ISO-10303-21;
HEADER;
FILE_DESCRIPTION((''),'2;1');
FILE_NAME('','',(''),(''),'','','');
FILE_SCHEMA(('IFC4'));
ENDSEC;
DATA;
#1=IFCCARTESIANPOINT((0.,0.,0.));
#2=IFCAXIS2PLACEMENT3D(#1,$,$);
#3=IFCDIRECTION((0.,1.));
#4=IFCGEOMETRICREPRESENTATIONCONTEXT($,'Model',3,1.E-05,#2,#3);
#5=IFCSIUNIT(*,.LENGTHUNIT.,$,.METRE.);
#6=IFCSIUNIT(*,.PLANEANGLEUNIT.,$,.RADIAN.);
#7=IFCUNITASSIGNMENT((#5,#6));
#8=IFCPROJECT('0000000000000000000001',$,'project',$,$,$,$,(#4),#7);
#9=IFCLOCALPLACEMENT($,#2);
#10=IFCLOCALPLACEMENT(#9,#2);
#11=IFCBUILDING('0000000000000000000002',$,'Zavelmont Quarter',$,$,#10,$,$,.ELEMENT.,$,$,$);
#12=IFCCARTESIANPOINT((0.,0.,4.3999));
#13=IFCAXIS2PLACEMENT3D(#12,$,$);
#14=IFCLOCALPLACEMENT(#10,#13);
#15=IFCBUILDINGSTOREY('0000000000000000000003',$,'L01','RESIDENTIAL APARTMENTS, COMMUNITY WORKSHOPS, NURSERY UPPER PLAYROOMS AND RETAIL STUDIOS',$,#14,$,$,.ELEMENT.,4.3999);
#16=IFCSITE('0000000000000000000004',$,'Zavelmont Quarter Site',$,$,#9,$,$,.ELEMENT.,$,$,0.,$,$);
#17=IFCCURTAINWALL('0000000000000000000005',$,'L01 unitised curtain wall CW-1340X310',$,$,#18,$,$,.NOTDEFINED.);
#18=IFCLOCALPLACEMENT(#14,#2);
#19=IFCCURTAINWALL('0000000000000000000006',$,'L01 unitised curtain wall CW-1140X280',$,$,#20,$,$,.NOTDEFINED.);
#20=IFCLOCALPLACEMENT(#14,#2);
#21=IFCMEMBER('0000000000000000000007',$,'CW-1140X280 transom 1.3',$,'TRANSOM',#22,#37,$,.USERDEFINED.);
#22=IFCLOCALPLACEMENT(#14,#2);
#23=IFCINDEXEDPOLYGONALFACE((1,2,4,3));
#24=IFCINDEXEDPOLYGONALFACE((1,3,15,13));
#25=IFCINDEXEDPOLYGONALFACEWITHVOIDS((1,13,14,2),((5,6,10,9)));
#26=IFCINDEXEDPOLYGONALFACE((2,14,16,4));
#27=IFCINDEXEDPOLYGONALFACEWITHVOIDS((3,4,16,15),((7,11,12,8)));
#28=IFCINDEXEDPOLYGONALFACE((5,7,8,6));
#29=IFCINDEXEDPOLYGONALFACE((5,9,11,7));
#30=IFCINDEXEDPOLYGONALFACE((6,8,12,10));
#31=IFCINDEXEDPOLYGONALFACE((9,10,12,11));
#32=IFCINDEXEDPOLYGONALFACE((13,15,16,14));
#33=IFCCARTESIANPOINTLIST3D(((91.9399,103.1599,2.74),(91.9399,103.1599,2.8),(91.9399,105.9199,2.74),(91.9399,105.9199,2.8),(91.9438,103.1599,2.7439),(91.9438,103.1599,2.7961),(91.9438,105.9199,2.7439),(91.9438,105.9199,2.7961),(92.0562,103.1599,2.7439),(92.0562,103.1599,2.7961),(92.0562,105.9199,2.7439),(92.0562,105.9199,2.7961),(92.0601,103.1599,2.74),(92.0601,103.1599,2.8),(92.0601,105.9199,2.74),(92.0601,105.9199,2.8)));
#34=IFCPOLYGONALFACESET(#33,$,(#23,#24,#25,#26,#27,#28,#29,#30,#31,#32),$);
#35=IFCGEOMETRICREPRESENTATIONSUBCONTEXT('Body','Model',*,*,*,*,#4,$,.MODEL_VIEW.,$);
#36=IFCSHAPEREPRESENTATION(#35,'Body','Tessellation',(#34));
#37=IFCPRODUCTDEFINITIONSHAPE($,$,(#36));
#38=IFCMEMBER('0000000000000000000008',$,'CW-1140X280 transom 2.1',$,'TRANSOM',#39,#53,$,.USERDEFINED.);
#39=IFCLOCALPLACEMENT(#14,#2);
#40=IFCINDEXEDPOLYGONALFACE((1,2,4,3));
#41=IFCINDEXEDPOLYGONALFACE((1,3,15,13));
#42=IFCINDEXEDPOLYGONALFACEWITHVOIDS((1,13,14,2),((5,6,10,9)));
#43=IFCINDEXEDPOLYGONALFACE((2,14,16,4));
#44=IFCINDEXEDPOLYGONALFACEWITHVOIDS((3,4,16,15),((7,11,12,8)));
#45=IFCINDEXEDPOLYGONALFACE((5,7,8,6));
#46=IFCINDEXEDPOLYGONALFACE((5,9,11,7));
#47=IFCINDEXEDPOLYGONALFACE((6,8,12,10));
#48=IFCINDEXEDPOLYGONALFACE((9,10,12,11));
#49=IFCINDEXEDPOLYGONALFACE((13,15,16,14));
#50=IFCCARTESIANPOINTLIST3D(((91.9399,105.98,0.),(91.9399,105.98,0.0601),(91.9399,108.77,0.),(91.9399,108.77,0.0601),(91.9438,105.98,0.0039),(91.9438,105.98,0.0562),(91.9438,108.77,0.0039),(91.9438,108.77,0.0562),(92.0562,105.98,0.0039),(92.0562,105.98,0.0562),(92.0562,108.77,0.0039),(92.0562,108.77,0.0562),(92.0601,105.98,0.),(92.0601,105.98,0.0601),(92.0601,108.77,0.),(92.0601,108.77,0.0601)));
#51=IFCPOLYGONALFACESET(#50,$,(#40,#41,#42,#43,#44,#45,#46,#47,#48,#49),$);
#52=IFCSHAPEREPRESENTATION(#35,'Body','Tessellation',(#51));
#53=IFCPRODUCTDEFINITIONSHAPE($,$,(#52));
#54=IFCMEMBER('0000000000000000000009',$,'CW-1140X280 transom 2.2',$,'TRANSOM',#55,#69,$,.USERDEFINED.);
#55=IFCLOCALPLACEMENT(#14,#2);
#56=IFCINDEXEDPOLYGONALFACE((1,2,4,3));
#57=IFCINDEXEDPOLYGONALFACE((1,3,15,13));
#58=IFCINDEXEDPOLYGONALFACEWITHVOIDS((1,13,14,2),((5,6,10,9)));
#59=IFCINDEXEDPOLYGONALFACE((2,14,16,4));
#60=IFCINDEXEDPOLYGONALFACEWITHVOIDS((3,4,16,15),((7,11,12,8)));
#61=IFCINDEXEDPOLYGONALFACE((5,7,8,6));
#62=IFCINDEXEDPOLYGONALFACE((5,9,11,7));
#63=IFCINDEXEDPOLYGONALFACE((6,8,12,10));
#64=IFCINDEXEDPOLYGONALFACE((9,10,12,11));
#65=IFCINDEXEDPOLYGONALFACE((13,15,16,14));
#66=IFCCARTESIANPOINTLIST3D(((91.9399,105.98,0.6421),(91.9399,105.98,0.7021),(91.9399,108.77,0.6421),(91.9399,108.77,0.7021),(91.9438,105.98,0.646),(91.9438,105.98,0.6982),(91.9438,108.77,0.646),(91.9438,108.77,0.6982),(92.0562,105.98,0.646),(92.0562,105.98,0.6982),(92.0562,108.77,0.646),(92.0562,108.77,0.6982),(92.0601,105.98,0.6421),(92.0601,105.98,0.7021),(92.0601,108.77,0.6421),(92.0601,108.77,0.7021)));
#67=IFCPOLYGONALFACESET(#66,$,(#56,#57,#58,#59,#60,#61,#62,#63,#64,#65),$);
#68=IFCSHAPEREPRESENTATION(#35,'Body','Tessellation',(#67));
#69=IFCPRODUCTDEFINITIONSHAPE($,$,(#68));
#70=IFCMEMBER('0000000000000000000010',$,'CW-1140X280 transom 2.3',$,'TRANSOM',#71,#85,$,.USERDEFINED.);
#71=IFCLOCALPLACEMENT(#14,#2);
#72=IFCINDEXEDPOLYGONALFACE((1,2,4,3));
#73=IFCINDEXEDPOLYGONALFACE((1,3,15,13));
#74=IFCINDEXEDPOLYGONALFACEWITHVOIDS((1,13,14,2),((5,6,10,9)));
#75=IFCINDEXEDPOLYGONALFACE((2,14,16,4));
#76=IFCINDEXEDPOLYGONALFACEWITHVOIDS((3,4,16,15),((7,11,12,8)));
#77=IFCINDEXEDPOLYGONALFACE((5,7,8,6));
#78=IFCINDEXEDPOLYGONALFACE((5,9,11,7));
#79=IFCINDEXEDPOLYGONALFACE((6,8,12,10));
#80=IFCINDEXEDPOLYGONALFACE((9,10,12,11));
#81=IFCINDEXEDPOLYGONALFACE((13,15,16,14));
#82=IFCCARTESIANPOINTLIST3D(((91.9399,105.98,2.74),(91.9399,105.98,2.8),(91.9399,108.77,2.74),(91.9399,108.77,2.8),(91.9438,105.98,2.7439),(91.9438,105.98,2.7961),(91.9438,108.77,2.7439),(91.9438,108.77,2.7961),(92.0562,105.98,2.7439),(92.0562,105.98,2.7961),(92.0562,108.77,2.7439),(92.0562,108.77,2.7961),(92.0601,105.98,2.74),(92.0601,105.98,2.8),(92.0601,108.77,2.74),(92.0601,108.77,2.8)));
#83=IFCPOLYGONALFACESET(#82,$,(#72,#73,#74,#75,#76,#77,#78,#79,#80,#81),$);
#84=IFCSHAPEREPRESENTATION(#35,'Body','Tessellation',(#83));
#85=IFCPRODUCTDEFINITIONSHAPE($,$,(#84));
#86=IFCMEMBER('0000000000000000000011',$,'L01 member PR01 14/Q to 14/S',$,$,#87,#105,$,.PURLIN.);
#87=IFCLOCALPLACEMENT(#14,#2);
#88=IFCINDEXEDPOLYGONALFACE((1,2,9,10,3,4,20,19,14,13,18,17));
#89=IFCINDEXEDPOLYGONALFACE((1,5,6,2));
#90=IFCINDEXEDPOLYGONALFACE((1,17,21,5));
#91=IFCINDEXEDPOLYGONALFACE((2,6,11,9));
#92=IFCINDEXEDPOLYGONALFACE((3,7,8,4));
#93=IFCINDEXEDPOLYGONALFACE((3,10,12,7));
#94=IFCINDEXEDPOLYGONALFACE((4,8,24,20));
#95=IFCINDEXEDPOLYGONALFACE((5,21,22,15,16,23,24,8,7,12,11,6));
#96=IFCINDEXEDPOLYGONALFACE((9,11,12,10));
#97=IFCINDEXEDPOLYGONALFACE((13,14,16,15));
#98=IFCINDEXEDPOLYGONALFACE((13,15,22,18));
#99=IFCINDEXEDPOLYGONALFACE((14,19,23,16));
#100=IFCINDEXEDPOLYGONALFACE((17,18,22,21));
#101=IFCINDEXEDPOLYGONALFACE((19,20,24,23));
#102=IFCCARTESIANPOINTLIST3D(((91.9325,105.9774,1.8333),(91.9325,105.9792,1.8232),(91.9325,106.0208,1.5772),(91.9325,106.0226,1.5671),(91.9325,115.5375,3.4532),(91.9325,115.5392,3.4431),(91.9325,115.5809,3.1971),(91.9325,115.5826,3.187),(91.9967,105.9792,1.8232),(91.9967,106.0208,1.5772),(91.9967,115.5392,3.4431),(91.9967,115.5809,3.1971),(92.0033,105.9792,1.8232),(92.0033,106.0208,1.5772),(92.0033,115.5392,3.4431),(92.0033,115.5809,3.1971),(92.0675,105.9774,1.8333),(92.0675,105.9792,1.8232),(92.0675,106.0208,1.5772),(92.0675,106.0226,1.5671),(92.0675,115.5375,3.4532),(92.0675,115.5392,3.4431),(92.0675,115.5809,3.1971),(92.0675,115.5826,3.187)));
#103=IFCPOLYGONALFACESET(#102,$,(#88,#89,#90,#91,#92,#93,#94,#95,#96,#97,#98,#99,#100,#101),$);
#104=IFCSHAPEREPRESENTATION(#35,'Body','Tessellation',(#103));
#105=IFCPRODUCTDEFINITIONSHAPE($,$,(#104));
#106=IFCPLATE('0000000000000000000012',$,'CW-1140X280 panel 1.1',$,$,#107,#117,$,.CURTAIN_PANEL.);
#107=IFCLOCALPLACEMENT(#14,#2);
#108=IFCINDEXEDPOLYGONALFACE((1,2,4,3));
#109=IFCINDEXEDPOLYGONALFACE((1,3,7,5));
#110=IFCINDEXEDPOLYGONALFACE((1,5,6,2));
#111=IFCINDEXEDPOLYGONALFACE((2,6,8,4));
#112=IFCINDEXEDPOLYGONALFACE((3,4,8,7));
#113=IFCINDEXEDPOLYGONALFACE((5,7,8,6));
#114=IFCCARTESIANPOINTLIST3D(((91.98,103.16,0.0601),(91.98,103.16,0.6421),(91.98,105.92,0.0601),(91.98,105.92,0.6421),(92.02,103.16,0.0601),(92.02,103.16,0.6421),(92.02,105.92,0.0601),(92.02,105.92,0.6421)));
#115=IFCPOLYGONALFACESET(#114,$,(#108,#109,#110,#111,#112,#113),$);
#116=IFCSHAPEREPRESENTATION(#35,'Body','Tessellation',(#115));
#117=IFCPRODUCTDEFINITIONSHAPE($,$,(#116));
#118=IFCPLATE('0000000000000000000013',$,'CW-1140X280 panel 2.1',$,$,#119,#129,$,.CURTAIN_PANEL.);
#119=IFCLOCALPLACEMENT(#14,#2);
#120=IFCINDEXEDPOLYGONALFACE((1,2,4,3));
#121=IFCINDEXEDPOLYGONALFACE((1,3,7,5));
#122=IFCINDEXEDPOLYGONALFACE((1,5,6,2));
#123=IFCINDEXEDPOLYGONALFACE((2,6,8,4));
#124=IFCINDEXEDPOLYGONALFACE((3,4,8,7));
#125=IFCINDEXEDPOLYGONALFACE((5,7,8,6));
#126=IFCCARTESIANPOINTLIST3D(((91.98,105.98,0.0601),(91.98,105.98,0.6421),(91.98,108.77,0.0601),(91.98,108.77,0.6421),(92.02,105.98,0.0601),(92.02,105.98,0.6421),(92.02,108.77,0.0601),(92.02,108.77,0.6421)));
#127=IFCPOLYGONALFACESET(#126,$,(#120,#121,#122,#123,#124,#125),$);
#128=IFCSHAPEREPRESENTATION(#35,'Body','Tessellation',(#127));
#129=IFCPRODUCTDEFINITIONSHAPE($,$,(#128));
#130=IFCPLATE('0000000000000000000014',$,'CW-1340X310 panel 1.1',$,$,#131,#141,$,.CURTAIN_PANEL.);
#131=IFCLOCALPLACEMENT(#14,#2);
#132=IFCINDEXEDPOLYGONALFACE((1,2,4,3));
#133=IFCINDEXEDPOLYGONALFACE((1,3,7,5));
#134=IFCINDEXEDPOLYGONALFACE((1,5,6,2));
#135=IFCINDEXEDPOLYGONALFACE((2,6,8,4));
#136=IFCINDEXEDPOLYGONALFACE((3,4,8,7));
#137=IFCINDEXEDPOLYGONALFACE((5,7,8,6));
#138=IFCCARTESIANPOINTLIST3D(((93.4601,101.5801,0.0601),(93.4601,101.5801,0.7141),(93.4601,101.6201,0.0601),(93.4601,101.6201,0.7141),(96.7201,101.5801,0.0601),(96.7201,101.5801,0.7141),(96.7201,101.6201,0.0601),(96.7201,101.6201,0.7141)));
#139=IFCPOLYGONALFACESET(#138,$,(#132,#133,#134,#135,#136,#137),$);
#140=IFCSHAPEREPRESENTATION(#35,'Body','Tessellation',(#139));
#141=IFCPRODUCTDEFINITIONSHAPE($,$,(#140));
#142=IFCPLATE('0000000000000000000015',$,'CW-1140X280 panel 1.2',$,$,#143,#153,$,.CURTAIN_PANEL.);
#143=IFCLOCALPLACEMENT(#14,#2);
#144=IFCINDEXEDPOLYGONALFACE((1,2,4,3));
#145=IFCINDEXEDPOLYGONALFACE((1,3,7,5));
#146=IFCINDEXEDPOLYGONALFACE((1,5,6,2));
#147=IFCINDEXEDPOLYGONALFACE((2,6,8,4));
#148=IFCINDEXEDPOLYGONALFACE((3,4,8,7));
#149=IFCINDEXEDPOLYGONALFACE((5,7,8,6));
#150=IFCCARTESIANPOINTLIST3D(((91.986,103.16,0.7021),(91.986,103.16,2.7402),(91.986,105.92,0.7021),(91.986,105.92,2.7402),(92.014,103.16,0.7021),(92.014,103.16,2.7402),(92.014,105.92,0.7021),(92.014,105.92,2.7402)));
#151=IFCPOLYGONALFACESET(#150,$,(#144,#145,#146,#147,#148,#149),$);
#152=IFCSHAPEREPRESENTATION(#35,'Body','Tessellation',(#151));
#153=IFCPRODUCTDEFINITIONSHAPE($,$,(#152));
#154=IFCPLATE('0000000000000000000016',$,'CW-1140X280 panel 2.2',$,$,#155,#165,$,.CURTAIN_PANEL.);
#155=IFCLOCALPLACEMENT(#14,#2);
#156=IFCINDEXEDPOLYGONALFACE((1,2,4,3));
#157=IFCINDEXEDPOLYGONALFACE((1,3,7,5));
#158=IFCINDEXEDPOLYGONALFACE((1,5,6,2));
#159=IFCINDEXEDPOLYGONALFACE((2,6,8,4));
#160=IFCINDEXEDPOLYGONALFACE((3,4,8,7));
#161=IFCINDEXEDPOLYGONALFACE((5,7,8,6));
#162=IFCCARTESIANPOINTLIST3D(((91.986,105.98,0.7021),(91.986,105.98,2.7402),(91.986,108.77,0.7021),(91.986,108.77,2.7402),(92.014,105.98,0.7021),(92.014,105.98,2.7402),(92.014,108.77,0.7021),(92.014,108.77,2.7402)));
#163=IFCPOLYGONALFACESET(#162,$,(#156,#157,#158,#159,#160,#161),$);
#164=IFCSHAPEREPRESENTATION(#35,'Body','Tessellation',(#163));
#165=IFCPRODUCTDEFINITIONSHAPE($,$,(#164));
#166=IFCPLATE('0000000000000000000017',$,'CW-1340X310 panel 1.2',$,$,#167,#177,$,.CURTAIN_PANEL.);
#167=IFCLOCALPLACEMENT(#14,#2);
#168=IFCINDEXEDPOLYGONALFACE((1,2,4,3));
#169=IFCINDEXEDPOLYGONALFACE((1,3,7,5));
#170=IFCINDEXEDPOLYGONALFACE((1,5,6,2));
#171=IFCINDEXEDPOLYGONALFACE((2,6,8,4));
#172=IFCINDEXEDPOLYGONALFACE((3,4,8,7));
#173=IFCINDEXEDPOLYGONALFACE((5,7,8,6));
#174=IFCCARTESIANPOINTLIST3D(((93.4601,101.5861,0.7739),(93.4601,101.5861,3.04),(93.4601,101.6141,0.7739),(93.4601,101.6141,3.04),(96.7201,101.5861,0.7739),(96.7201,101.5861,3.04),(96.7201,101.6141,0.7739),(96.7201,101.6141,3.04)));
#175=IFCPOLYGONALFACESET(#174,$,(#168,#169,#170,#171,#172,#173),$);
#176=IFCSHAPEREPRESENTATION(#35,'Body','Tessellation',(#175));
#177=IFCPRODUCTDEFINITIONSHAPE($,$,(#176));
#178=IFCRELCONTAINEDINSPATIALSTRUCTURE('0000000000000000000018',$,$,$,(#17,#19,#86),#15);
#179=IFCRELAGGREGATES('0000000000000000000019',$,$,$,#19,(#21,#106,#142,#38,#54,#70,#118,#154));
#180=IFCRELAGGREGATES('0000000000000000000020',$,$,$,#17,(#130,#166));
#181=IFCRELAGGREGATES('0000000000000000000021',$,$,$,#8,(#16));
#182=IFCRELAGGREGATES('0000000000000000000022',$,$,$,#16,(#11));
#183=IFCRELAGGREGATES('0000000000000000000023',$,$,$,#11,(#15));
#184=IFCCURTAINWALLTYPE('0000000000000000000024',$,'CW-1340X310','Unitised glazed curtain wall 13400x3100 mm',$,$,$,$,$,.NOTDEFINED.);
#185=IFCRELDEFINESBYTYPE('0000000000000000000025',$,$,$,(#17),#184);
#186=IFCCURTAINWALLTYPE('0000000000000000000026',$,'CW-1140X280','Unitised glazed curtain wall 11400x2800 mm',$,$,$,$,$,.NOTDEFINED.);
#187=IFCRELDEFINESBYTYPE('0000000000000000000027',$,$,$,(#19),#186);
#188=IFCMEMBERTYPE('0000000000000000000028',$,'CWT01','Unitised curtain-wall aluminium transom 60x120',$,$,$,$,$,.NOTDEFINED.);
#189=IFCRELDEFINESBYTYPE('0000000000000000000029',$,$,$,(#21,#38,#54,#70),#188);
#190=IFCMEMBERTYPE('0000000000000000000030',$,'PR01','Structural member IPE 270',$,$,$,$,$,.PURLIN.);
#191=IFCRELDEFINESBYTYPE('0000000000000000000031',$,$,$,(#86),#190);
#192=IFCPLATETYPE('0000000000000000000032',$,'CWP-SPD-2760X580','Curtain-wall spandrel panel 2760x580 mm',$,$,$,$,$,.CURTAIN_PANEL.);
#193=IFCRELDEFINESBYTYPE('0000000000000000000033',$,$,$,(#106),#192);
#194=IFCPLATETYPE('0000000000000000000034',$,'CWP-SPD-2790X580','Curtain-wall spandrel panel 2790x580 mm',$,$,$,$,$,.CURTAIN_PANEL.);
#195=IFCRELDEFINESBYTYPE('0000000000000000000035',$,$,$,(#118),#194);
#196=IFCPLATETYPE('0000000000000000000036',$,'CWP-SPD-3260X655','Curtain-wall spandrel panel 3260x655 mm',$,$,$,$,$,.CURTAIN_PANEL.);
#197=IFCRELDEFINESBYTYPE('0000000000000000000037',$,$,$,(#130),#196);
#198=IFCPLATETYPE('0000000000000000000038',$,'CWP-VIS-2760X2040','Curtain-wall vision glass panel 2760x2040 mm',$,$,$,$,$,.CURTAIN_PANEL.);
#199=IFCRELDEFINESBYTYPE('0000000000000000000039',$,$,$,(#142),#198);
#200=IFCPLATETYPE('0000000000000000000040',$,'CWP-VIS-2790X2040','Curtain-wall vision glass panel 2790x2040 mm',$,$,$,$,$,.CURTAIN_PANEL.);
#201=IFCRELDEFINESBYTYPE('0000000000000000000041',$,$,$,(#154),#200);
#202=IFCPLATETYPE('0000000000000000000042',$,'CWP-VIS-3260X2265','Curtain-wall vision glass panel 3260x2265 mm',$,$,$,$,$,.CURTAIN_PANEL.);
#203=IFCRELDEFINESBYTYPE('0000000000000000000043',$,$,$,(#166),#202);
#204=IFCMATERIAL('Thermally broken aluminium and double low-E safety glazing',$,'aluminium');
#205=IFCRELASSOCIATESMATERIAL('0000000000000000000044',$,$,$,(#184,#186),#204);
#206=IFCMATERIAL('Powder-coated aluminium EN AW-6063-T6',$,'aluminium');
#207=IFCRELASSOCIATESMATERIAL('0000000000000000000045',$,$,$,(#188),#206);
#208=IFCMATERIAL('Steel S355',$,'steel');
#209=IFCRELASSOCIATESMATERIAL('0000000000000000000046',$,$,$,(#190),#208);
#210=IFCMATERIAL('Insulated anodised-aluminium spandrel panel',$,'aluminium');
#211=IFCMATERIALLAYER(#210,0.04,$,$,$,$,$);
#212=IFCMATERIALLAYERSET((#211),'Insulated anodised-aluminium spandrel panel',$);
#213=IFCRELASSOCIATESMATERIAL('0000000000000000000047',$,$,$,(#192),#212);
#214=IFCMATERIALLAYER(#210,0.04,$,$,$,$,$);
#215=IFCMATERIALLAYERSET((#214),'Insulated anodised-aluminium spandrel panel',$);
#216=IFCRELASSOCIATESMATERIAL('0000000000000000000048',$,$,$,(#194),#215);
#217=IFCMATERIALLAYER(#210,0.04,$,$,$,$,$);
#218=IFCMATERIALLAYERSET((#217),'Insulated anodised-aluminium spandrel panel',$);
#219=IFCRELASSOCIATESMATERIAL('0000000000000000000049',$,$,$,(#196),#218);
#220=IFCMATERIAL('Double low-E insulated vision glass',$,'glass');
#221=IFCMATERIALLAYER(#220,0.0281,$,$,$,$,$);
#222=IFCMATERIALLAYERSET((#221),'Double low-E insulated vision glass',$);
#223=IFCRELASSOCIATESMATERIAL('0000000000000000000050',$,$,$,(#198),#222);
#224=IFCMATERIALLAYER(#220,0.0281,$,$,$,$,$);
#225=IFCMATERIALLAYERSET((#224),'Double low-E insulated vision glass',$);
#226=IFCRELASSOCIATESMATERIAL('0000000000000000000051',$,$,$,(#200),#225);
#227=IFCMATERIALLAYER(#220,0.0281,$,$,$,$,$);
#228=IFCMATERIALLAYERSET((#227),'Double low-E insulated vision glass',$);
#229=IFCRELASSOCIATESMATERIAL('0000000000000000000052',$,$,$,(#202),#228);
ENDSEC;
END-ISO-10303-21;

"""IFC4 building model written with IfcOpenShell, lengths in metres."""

from ifc_helpers import new_model, si_unit, direction, frame, origin, origin_2d, place, context, subcontext, project, spatial, rectangle, hollow_rectangle, i_section, extrude, material, layer, layer_set, material_profile, profile_set, type_object, element, aggregate, save


model = new_model("IFC4")

# Units and contexts
model_context = context("Model", 3, precision=1e-05, world=origin(), true_north=direction((0.0, 1.0)))
body_context = subcontext(model_context, "Body", "Model", "MODEL_VIEW")
ifc_project = project(units=[si_unit("LENGTHUNIT", "METRE"), si_unit("PLANEANGLEUNIT", "RADIAN")], contexts=[model_context])

# Site, building, storey
site_placement = place(None, origin())
site = spatial("IfcSite", under=ifc_project, at=site_placement, Name="Zavelmont Quarter Site", CompositionType="ELEMENT", RefElevation=0.0)
building_placement = place(site_placement, origin())
building = spatial("IfcBuilding", under=site, at=building_placement, Name="Zavelmont Quarter", CompositionType="ELEMENT")
storey_placement = place(building_placement, frame((0.0, 0.0, 4.3999)))
storey = spatial("IfcBuildingStorey", under=building, at=storey_placement, Name="L01", Description="RESIDENTIAL APARTMENTS, COMMUNITY WORKSHOPS, NURSERY UPPER PLAYROOMS AND RETAIL STUDIOS", CompositionType="ELEMENT", Elevation=4.3999)

# Shared definitions
ifc_material_1 = material(Name="Steel S355", Category="steel")

# Curtain wall
ifc_material_2 = material(Name="Thermally broken aluminium and double low-E safety glazing", Category="aluminium")
curtain_wall_type_1 = type_object("IfcCurtainWallType", Name="CW-1340X310", Description="Unitised glazed curtain wall 13400x3100 mm", PredefinedType="NOTDEFINED", material=ifc_material_2)
curtain_wall_1_placement = place(storey_placement, origin())
curtain_wall_1 = element("IfcCurtainWall", 1, at=curtain_wall_1_placement, inside=storey, type_object=curtain_wall_type_1, Name="L01 unitised curtain wall CW-1340X310", PredefinedType="NOTDEFINED")
ifc_material_3 = material(Name="Powder-coated aluminium EN AW-6063-T6", Category="aluminium")

# Curtain wall
curtain_wall_type_2 = type_object("IfcCurtainWallType", Name="CW-1140X280", Description="Unitised glazed curtain wall 11400x2800 mm", PredefinedType="NOTDEFINED", material=ifc_material_2)
curtain_wall_2_placement = place(storey_placement, origin())
curtain_wall_2 = element("IfcCurtainWall", 2, at=curtain_wall_2_placement, inside=storey, type_object=curtain_wall_type_2, Name="L01 unitised curtain wall CW-1140X280", PredefinedType="NOTDEFINED")

# Members
ifc_material_profile_1 = material_profile(ifc_material_3, hollow_rectangle(XDim=0.1201, YDim=0.0601, WallThickness=0.0039, at=origin_2d()), Name="CWT60X120")
ifc_profile_set_1 = profile_set([ifc_material_profile_1], Name="Powder-coated aluminium EN AW-6063-T6")
member_type_1 = type_object("IfcMemberType", Name="CWT01", Description="Unitised curtain-wall aluminium transom 60x120", PredefinedType="NOTDEFINED", material=ifc_profile_set_1)
member_1_placement = place(storey_placement, frame((92.0, 103.1599, 2.77), z_axis=(0.0, 1.0, 0.0), x_axis=(-1.0, 0.0, 0.0)))
member_1 = element("IfcMember", 3, at=member_1_placement, type_object=member_type_1, Name="CW-1140X280 transom 1.3", ObjectType="TRANSOM", PredefinedType="USERDEFINED", context=body_context, shape_type="SweptSolid", body=[
    extrude(hollow_rectangle(XDim=0.1201, YDim=0.0601, WallThickness=0.0039, at=origin_2d()), origin(), (0.0, 0.0, 1.0), 2.76),
])
member_2_placement = place(storey_placement, frame((92.0, 105.98, 0.03), z_axis=(0.0, 1.0, 0.0), x_axis=(-1.0, 0.0, 0.0)))
member_2 = element("IfcMember", 4, at=member_2_placement, type_object=member_type_1, Name="CW-1140X280 transom 2.1", ObjectType="TRANSOM", PredefinedType="USERDEFINED", context=body_context, shape_type="SweptSolid", body=[
    extrude(hollow_rectangle(XDim=0.1201, YDim=0.0601, WallThickness=0.0039, at=origin_2d()), origin(), (0.0, 0.0, 1.0), 2.79),
])
member_3_placement = place(storey_placement, frame((92.0, 105.98, 0.6721), z_axis=(0.0, 1.0, 0.0), x_axis=(-1.0, 0.0, 0.0)))
member_3 = element("IfcMember", 5, at=member_3_placement, type_object=member_type_1, Name="CW-1140X280 transom 2.2", ObjectType="TRANSOM", PredefinedType="USERDEFINED", context=body_context, shape_type="SweptSolid", body=[
    extrude(hollow_rectangle(XDim=0.1201, YDim=0.0601, WallThickness=0.0039, at=origin_2d()), origin(), (0.0, 0.0, 1.0), 2.79),
])
member_4_placement = place(storey_placement, frame((92.0, 105.98, 2.77), z_axis=(0.0, 1.0, 0.0), x_axis=(-1.0, 0.0, 0.0)))
member_4 = element("IfcMember", 6, at=member_4_placement, type_object=member_type_1, Name="CW-1140X280 transom 2.3", ObjectType="TRANSOM", PredefinedType="USERDEFINED", context=body_context, shape_type="SweptSolid", body=[
    extrude(hollow_rectangle(XDim=0.1201, YDim=0.0601, WallThickness=0.0039, at=origin_2d()), origin(), (0.0, 0.0, 1.0), 2.79),
])
ifc_material_profile_2 = material_profile(ifc_material_1, i_section(OverallWidth=0.135, OverallDepth=0.27, WebThickness=0.0066, FlangeThickness=0.0103, at=origin_2d()), Name="IPE 270")
ifc_profile_set_2 = profile_set([ifc_material_profile_2], Name="Steel S355")
member_type_2 = type_object("IfcMemberType", Name="PR01", Description="Structural member IPE 270", PredefinedType="PURLIN", material=ifc_profile_set_2)
member_5_placement = place(storey_placement, frame((92.0, 106.0, 1.7002), z_axis=(0.0, 0.985947, 0.167061), x_axis=(-1.0, 0.0, 0.0)))
element("IfcMember", 7, at=member_5_placement, inside=storey, type_object=member_type_2, Name="L01 member PR01 14/Q to 14/S", PredefinedType="PURLIN", context=body_context, shape_type="SweptSolid", body=[
    extrude(i_section(OverallWidth=0.135, OverallDepth=0.27, WebThickness=0.0066, FlangeThickness=0.0103, at=origin_2d()), origin(), (0.0, 0.0, 1.0), 9.6963),
])

# Plates
ifc_material_4 = material(Name="Insulated anodised-aluminium spandrel panel", Category="aluminium")
ifc_layer_1 = layer(ifc_material_4, 0.04)
ifc_layer_set_1 = layer_set([ifc_layer_1], Name="Insulated anodised-aluminium spandrel panel")
plate_type_1 = type_object("IfcPlateType", Name="CWP-SPD-2760X580", Description="Curtain-wall spandrel panel 2760x580 mm", PredefinedType="CURTAIN_PANEL", material=ifc_layer_set_1)
plate_1_placement = place(storey_placement, frame((92.0, 104.54, 0.0601), z_axis=(0.0, 0.0, 1.0), x_axis=(0.0, 1.0, 0.0)))
plate_1 = element("IfcPlate", 8, at=plate_1_placement, type_object=plate_type_1, Name="CW-1140X280 panel 1.1", PredefinedType="CURTAIN_PANEL", context=body_context, shape_type="SweptSolid", body=[
    extrude(rectangle(XDim=2.76, YDim=0.04, at=origin_2d()), origin(), (0.0, 0.0, 1.0), 0.582),
])
ifc_layer_2 = layer(ifc_material_4, 0.04)
ifc_layer_set_2 = layer_set([ifc_layer_2], Name="Insulated anodised-aluminium spandrel panel")
plate_type_2 = type_object("IfcPlateType", Name="CWP-SPD-2790X580", Description="Curtain-wall spandrel panel 2790x580 mm", PredefinedType="CURTAIN_PANEL", material=ifc_layer_set_2)
plate_2_placement = place(storey_placement, frame((92.0, 107.375, 0.0601), z_axis=(0.0, 0.0, 1.0), x_axis=(0.0, 1.0, 0.0)))
plate_2 = element("IfcPlate", 9, at=plate_2_placement, type_object=plate_type_2, Name="CW-1140X280 panel 2.1", PredefinedType="CURTAIN_PANEL", context=body_context, shape_type="SweptSolid", body=[
    extrude(rectangle(XDim=2.79, YDim=0.04, at=origin_2d()), origin(), (0.0, 0.0, 1.0), 0.582),
])
ifc_layer_3 = layer(ifc_material_4, 0.04)
ifc_layer_set_3 = layer_set([ifc_layer_3], Name="Insulated anodised-aluminium spandrel panel")
plate_type_3 = type_object("IfcPlateType", Name="CWP-SPD-3260X655", Description="Curtain-wall spandrel panel 3260x655 mm", PredefinedType="CURTAIN_PANEL", material=ifc_layer_set_3)
plate_3_placement = place(storey_placement, frame((95.0901, 101.6001, 0.0601), z_axis=(0.0, 0.0, 1.0), x_axis=(1.0, 0.0, 0.0)))
plate_3 = element("IfcPlate", 10, at=plate_3_placement, type_object=plate_type_3, Name="CW-1340X310 panel 1.1", PredefinedType="CURTAIN_PANEL", context=body_context, shape_type="SweptSolid", body=[
    extrude(rectangle(XDim=3.26, YDim=0.04, at=origin_2d()), origin(), (0.0, 0.0, 1.0), 0.6541),
])
ifc_material_5 = material(Name="Double low-E insulated vision glass", Category="glass")
ifc_layer_4 = layer(ifc_material_5, 0.0281)
ifc_layer_set_4 = layer_set([ifc_layer_4], Name="Double low-E insulated vision glass")
plate_type_4 = type_object("IfcPlateType", Name="CWP-VIS-2760X2040", Description="Curtain-wall vision glass panel 2760x2040 mm", PredefinedType="CURTAIN_PANEL", material=ifc_layer_set_4)
plate_4_placement = place(storey_placement, frame((92.0, 104.54, 0.7021), z_axis=(0.0, 0.0, 1.0), x_axis=(0.0, 1.0, 0.0)))
plate_4 = element("IfcPlate", 11, at=plate_4_placement, type_object=plate_type_4, Name="CW-1140X280 panel 1.2", PredefinedType="CURTAIN_PANEL", context=body_context, shape_type="SweptSolid", body=[
    extrude(rectangle(XDim=2.76, YDim=0.0281, at=origin_2d()), origin(), (0.0, 0.0, 1.0), 2.0381),
])
ifc_layer_5 = layer(ifc_material_5, 0.0281)
ifc_layer_set_5 = layer_set([ifc_layer_5], Name="Double low-E insulated vision glass")
plate_type_5 = type_object("IfcPlateType", Name="CWP-VIS-2790X2040", Description="Curtain-wall vision glass panel 2790x2040 mm", PredefinedType="CURTAIN_PANEL", material=ifc_layer_set_5)
plate_5_placement = place(storey_placement, frame((92.0, 107.375, 0.7021), z_axis=(0.0, 0.0, 1.0), x_axis=(0.0, 1.0, 0.0)))
plate_5 = element("IfcPlate", 12, at=plate_5_placement, type_object=plate_type_5, Name="CW-1140X280 panel 2.2", PredefinedType="CURTAIN_PANEL", context=body_context, shape_type="SweptSolid", body=[
    extrude(rectangle(XDim=2.79, YDim=0.0281, at=origin_2d()), origin(), (0.0, 0.0, 1.0), 2.0381),
])
aggregate(curtain_wall_2, [member_1, plate_1, plate_4, member_2, member_3, member_4, plate_2, plate_5])
ifc_layer_6 = layer(ifc_material_5, 0.0281)
ifc_layer_set_6 = layer_set([ifc_layer_6], Name="Double low-E insulated vision glass")
plate_type_6 = type_object("IfcPlateType", Name="CWP-VIS-3260X2265", Description="Curtain-wall vision glass panel 3260x2265 mm", PredefinedType="CURTAIN_PANEL", material=ifc_layer_set_6)
plate_6_placement = place(storey_placement, frame((95.0901, 101.6001, 0.7739), z_axis=(0.0, 0.0, 1.0), x_axis=(1.0, 0.0, 0.0)))
plate_6 = element("IfcPlate", 13, at=plate_6_placement, type_object=plate_type_6, Name="CW-1340X310 panel 1.2", PredefinedType="CURTAIN_PANEL", context=body_context, shape_type="SweptSolid", body=[
    extrude(rectangle(XDim=3.26, YDim=0.0281, at=origin_2d()), origin(), (0.0, 0.0, 1.0), 2.2661),
])
aggregate(curtain_wall_1, [plate_3, plate_6])

save(model, "model.ifc")
